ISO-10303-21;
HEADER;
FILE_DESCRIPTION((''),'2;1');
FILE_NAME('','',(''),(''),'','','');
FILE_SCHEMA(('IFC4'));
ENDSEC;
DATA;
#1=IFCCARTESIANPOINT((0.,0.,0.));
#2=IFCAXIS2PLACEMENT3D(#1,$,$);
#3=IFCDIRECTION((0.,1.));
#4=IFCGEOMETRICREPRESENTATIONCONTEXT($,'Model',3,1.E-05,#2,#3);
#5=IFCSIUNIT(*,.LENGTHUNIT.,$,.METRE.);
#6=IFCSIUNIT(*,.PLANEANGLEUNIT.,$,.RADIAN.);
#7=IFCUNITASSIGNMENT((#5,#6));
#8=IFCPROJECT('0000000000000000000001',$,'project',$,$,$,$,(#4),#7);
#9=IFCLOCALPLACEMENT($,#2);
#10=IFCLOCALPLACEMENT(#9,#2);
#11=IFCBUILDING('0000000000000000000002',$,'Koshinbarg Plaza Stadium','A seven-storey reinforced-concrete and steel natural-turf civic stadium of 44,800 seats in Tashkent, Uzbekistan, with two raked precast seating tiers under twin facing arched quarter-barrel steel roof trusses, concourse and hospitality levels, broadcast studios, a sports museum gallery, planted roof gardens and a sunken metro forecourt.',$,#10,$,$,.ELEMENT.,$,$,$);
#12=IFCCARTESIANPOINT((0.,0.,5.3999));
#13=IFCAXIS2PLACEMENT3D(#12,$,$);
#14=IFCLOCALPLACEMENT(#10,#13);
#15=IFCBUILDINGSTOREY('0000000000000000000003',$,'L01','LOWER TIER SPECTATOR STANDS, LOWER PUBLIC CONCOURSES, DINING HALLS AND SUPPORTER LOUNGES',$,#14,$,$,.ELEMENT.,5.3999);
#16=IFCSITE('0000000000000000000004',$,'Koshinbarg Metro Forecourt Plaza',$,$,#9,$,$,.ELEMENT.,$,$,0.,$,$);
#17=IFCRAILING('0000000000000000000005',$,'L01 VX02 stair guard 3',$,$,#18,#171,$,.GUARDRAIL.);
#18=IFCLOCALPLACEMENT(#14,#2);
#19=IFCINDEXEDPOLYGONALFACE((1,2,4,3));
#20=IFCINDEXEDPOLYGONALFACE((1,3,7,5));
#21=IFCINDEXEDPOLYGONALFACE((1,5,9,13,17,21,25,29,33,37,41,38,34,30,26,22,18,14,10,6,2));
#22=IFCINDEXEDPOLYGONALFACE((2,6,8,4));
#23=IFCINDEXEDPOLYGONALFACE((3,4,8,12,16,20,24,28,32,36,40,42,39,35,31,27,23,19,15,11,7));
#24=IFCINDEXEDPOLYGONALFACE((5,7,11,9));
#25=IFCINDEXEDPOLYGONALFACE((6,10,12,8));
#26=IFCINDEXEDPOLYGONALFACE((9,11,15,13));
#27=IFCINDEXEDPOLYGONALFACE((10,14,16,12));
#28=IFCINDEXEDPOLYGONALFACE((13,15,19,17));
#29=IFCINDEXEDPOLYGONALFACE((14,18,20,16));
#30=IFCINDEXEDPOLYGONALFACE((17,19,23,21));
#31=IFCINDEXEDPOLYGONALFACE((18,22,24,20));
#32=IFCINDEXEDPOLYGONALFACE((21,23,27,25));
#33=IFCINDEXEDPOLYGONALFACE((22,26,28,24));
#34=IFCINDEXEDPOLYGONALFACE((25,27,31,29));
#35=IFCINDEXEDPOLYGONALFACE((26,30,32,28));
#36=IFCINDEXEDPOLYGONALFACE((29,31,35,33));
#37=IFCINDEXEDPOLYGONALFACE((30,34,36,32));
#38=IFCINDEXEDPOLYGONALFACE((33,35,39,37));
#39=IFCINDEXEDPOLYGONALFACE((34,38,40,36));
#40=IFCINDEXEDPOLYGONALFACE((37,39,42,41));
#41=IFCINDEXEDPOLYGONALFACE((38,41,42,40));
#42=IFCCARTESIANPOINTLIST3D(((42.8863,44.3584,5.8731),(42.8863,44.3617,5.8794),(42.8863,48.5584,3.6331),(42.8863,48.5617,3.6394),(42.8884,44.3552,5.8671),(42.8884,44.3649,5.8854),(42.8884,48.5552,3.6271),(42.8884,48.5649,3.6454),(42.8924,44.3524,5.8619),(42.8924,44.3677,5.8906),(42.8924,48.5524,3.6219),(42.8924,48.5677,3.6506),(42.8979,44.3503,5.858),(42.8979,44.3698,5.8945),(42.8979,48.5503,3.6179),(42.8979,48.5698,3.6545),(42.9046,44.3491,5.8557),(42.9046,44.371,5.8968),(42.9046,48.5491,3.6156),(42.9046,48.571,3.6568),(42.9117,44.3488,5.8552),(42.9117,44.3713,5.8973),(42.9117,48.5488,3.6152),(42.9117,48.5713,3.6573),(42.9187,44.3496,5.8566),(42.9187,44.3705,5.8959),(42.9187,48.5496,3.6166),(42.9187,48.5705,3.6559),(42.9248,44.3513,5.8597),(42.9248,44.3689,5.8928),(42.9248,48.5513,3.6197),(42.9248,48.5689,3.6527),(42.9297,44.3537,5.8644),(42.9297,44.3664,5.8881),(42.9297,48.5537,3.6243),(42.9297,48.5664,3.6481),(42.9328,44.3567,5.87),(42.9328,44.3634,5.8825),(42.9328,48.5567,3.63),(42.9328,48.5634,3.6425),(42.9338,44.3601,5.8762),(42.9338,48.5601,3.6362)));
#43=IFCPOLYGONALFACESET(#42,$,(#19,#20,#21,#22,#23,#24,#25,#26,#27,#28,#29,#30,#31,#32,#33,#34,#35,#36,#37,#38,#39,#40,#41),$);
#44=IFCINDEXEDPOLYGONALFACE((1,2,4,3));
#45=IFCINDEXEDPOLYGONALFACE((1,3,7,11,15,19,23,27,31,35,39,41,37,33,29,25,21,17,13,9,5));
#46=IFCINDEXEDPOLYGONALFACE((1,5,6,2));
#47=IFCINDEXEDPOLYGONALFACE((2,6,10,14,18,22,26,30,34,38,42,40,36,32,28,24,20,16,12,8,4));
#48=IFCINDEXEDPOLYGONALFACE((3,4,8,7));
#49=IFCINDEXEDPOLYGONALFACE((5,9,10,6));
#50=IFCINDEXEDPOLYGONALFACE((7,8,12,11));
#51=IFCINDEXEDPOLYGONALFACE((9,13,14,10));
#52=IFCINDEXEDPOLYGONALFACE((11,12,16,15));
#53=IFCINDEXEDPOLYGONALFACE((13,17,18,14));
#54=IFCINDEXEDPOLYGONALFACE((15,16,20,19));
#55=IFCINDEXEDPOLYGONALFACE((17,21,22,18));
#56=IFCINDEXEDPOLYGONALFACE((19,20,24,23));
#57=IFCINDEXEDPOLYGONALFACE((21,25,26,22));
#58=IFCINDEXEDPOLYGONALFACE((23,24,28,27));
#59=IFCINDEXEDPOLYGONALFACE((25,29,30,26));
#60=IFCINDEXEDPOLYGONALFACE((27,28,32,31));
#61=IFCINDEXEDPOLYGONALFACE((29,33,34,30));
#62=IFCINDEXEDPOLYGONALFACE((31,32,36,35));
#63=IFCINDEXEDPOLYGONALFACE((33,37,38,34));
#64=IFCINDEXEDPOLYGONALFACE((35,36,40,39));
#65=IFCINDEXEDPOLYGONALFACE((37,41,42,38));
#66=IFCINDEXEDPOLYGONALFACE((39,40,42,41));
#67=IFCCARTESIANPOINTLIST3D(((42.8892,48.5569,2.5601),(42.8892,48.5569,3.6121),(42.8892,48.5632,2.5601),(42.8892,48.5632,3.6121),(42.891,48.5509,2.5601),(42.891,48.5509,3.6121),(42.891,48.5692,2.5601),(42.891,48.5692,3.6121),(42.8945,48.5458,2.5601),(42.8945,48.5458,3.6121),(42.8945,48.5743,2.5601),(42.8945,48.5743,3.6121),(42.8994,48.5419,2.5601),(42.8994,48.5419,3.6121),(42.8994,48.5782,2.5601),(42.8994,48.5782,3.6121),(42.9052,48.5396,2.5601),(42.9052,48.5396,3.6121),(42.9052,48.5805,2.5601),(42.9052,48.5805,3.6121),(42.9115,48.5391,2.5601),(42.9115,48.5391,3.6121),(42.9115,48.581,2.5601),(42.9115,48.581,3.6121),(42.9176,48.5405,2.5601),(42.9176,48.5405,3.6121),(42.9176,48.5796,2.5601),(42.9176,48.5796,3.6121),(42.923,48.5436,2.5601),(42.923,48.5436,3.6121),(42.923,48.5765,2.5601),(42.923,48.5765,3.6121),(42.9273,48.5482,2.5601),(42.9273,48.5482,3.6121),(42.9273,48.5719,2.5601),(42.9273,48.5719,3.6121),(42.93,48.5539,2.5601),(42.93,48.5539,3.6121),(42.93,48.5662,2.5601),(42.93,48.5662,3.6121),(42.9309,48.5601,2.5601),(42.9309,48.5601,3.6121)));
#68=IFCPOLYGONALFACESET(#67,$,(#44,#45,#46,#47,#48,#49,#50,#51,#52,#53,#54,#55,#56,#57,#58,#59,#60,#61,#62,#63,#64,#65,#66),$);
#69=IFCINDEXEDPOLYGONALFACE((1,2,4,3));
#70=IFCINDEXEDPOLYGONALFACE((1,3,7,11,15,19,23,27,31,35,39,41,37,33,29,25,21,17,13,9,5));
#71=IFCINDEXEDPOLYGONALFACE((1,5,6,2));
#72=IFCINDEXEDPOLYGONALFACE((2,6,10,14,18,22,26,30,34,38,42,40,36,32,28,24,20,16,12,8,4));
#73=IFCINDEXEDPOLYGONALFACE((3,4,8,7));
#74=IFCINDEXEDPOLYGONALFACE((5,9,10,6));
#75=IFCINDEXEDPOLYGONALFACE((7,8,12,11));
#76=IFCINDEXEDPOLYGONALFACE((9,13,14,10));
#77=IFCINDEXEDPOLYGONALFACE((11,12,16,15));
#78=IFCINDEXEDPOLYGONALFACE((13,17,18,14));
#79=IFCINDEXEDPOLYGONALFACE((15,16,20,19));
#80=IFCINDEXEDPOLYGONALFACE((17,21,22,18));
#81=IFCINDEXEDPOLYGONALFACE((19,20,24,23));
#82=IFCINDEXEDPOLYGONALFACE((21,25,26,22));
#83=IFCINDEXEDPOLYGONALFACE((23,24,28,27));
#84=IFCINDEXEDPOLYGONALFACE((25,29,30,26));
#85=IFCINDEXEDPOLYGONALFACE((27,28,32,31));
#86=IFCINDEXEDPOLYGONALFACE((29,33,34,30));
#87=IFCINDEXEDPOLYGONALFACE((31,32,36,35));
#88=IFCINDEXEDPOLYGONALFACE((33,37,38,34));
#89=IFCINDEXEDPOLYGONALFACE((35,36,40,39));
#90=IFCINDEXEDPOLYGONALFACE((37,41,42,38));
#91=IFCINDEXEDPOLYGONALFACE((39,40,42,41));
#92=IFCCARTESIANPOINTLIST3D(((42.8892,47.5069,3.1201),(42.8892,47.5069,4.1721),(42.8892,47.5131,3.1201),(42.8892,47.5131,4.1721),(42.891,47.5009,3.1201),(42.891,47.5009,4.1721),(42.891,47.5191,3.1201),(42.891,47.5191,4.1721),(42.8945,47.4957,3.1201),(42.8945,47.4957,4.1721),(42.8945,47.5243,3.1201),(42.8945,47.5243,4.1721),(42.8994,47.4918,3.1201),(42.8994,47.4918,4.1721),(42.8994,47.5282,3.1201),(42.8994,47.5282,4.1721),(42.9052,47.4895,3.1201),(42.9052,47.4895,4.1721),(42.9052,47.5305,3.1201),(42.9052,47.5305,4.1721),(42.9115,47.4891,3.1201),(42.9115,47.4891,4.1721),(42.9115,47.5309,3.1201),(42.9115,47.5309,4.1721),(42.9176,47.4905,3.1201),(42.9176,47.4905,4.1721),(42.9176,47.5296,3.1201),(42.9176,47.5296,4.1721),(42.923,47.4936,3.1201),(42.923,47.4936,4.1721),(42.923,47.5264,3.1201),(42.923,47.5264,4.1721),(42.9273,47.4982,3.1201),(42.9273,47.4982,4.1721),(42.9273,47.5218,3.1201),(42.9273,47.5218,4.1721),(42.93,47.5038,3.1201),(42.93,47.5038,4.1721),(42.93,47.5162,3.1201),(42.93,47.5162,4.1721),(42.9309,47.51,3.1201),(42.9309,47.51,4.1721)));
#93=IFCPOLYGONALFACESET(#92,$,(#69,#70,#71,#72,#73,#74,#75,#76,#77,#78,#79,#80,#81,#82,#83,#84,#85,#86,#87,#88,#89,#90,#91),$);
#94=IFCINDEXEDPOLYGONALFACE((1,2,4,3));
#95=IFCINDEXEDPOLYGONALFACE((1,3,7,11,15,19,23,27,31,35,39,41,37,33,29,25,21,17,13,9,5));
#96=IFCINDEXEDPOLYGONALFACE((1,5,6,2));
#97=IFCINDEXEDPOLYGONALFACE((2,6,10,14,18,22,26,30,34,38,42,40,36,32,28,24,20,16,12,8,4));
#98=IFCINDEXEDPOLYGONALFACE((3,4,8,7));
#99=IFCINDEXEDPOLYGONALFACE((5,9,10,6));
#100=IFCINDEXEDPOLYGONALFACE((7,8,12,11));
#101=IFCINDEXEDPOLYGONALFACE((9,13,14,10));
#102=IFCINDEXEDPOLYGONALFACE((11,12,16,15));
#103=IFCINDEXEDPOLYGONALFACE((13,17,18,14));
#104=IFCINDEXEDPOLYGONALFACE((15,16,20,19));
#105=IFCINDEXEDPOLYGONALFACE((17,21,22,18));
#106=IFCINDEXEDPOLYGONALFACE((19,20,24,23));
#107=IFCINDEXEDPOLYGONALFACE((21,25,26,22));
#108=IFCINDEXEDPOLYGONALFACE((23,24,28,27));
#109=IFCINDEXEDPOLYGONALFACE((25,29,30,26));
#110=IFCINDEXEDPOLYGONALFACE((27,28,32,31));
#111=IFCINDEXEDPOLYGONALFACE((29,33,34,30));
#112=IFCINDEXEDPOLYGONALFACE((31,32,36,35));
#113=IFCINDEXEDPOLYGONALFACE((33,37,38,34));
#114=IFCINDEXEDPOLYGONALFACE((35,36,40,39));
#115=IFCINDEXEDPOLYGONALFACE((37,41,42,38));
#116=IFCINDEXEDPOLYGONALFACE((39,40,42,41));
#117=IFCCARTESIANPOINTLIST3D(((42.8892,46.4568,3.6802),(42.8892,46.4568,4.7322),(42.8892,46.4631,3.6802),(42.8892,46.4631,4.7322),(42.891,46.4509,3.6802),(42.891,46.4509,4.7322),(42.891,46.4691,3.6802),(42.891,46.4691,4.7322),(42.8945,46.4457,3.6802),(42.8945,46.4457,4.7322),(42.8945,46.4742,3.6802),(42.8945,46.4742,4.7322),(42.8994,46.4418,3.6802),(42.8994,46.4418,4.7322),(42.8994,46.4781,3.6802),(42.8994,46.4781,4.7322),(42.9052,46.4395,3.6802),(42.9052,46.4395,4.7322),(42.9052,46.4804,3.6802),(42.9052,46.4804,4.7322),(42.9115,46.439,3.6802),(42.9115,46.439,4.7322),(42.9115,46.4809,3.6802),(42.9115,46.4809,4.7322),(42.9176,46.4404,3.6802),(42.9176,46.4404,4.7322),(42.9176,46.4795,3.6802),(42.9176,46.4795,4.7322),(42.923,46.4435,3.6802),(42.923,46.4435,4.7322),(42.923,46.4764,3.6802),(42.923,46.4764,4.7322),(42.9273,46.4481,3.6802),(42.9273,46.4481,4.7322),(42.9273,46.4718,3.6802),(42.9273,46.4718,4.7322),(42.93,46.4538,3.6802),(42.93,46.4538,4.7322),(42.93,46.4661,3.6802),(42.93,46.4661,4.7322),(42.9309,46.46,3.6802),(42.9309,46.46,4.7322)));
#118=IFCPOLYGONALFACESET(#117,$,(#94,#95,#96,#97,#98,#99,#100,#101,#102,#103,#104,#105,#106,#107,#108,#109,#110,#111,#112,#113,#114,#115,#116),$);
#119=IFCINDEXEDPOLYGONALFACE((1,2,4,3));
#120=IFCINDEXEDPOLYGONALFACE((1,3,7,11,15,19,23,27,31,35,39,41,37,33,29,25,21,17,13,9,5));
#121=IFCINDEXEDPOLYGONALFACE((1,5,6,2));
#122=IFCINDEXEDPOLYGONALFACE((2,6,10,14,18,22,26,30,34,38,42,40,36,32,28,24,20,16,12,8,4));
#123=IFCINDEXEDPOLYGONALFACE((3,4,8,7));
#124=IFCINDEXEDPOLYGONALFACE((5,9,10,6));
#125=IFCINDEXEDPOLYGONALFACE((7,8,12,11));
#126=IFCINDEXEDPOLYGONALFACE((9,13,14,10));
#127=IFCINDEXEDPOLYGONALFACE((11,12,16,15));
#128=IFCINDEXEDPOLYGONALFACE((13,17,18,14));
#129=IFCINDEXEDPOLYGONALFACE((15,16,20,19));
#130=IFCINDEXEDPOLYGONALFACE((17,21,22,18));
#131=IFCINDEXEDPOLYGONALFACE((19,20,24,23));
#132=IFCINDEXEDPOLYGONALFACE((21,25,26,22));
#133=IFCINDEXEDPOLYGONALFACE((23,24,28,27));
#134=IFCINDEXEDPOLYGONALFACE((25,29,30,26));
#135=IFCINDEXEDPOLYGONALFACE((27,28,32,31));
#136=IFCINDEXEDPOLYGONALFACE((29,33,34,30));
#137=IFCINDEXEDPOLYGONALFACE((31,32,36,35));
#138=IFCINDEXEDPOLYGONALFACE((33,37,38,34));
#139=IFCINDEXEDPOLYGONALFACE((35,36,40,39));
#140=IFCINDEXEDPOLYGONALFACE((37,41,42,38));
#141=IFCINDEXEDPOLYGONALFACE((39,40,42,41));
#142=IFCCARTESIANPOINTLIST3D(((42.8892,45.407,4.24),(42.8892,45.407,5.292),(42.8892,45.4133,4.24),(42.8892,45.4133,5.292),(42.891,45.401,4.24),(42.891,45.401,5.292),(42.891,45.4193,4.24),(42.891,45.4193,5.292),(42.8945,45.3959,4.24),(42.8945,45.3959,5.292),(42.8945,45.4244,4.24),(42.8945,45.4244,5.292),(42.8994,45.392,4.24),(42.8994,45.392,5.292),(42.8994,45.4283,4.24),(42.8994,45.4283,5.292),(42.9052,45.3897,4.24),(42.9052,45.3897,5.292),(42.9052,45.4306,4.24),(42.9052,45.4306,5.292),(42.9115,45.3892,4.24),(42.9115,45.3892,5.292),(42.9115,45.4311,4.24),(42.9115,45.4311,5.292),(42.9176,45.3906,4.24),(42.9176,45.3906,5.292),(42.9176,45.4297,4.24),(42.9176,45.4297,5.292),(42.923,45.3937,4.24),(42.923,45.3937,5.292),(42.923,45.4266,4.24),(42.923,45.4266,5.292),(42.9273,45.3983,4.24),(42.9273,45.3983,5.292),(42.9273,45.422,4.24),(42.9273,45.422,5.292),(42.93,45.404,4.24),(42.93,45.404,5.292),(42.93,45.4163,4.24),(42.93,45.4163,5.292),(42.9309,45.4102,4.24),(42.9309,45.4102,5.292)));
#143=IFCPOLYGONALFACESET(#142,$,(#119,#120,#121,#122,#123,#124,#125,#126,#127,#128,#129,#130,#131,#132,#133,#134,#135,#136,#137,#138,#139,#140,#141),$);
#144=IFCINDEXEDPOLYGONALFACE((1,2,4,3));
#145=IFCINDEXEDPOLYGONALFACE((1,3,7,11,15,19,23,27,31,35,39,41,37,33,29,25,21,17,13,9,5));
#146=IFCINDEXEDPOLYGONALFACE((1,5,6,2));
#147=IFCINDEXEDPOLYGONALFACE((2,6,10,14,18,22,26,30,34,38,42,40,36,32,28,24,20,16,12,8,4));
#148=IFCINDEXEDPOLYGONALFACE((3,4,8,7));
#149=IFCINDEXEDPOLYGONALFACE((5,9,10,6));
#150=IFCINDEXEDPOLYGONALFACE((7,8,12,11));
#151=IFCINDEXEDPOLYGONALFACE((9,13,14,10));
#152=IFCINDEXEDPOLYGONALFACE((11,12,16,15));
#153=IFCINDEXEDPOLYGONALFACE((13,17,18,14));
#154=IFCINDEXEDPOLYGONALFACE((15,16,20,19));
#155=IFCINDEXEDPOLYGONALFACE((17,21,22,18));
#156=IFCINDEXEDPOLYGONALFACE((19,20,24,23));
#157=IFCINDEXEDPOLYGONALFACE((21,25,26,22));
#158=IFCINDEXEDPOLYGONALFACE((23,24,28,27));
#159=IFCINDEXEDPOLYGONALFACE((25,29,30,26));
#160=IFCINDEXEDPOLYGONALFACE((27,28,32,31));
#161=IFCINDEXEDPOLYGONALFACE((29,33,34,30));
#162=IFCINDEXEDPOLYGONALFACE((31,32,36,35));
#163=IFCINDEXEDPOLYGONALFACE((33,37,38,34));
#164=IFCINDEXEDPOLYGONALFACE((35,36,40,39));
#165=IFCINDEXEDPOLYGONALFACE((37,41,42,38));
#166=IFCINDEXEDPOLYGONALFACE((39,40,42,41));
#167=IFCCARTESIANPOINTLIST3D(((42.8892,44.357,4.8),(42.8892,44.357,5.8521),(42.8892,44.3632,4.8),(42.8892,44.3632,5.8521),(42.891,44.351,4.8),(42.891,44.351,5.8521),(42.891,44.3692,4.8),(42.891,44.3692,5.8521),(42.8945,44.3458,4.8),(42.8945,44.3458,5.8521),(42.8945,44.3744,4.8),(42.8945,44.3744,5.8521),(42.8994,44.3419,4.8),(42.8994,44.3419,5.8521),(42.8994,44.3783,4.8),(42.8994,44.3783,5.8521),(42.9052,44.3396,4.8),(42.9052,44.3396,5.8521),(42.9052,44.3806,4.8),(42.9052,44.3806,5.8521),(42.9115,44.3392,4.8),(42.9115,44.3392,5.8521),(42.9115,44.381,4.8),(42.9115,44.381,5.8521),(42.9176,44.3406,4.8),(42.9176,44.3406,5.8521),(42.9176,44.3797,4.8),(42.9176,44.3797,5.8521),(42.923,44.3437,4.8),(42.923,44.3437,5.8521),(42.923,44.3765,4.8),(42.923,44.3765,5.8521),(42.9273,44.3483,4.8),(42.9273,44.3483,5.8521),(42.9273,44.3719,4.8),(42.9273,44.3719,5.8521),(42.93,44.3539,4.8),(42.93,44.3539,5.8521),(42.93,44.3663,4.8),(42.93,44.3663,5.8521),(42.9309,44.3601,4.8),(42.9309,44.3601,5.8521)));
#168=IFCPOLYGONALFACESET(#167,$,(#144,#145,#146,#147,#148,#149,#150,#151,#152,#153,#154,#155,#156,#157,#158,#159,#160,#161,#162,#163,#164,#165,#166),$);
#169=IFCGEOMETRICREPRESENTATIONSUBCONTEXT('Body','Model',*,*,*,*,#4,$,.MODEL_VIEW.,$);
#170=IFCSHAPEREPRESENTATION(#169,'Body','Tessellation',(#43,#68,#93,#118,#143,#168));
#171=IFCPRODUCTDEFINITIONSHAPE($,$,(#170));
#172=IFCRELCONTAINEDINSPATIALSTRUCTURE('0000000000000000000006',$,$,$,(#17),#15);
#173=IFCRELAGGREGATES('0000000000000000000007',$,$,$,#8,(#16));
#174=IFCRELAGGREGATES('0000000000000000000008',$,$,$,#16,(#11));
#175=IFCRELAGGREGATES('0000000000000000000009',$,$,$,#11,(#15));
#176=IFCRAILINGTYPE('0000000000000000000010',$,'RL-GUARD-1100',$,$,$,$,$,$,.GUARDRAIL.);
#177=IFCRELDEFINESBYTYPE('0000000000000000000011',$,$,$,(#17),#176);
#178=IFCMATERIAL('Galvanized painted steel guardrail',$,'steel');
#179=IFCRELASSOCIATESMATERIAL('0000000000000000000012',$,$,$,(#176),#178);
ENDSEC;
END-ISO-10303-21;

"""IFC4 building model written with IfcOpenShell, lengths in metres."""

from ifc_helpers import new_model, si_unit, direction, frame, origin, origin_2d, place, context, subcontext, project, spatial, circle, extrude, material, type_object, element, save


model = new_model("IFC4")

# Units and contexts
model_context = context("Model", 3, precision=1e-05, world=origin(), true_north=direction((0.0, 1.0)))
body_context = subcontext(model_context, "Body", "Model", "MODEL_VIEW")
ifc_project = project(units=[si_unit("LENGTHUNIT", "METRE"), si_unit("PLANEANGLEUNIT", "RADIAN")], contexts=[model_context])

# Site, building, storey
site_placement = place(None, origin())
site = spatial("IfcSite", under=ifc_project, at=site_placement, Name="Koshinbarg Metro Forecourt Plaza", CompositionType="ELEMENT", RefElevation=0.0)
building_placement = place(site_placement, origin())
building = spatial("IfcBuilding", under=site, at=building_placement, Name="Koshinbarg Plaza Stadium", Description="A seven-storey reinforced-concrete and steel natural-turf civic stadium of 44,800 seats in Tashkent, Uzbekistan, with two raked precast seating tiers under twin facing arched quarter-barrel steel roof trusses, concourse and hospitality levels, broadcast studios, a sports museum gallery, planted roof gardens and a sunken metro forecourt.", CompositionType="ELEMENT")
storey_placement = place(building_placement, frame((0.0, 0.0, 5.3999)))
storey = spatial("IfcBuildingStorey", under=building, at=storey_placement, Name="L01", Description="LOWER TIER SPECTATOR STANDS, LOWER PUBLIC CONCOURSES, DINING HALLS AND SUPPORTER LOUNGES", CompositionType="ELEMENT", Elevation=5.3999)

# Railing
ifc_material_1 = material(Name="Galvanized painted steel guardrail", Category="steel")
railing_type_1 = type_object("IfcRailingType", Name="RL-GUARD-1100", PredefinedType="GUARDRAIL", material=ifc_material_1)
for number, where, name in (
    (1, (42.9099, 48.5601, 2.5601), "L01 VX02 stair guard 3"),
):
    element("IfcRailing", number, at=place(storey_placement, frame(where)), inside=storey, type_object=railing_type_1, Name=name, PredefinedType="GUARDRAIL", context=body_context, shape_type="SweptSolid", body=[
        extrude(circle(Radius=0.0239, at=origin_2d()), frame((0.0, 0.0, 1.0762), z_axis=(0.0, -0.882352, 0.470591), x_axis=(1.0, 0.0, 0.0)), (0.0, 0.0, 1.0), 4.76),
        extrude(circle(Radius=0.021, at=origin_2d()), origin(), (0.0, 0.0, 1.0), 1.052),
        extrude(circle(Radius=0.021, at=origin_2d()), frame((0.0, -1.05, 0.5601)), (0.0, 0.0, 1.0), 1.052),
        extrude(circle(Radius=0.021, at=origin_2d()), frame((0.0, -2.1001, 1.1201)), (0.0, 0.0, 1.0), 1.052),
        extrude(circle(Radius=0.021, at=origin_2d()), frame((0.0, -3.1499, 1.6799)), (0.0, 0.0, 1.0), 1.052),
        extrude(circle(Radius=0.021, at=origin_2d()), frame((0.0, -4.2, 2.24)), (0.0, 0.0, 1.0), 1.052),
    ])

save(model, "model.ifc")
